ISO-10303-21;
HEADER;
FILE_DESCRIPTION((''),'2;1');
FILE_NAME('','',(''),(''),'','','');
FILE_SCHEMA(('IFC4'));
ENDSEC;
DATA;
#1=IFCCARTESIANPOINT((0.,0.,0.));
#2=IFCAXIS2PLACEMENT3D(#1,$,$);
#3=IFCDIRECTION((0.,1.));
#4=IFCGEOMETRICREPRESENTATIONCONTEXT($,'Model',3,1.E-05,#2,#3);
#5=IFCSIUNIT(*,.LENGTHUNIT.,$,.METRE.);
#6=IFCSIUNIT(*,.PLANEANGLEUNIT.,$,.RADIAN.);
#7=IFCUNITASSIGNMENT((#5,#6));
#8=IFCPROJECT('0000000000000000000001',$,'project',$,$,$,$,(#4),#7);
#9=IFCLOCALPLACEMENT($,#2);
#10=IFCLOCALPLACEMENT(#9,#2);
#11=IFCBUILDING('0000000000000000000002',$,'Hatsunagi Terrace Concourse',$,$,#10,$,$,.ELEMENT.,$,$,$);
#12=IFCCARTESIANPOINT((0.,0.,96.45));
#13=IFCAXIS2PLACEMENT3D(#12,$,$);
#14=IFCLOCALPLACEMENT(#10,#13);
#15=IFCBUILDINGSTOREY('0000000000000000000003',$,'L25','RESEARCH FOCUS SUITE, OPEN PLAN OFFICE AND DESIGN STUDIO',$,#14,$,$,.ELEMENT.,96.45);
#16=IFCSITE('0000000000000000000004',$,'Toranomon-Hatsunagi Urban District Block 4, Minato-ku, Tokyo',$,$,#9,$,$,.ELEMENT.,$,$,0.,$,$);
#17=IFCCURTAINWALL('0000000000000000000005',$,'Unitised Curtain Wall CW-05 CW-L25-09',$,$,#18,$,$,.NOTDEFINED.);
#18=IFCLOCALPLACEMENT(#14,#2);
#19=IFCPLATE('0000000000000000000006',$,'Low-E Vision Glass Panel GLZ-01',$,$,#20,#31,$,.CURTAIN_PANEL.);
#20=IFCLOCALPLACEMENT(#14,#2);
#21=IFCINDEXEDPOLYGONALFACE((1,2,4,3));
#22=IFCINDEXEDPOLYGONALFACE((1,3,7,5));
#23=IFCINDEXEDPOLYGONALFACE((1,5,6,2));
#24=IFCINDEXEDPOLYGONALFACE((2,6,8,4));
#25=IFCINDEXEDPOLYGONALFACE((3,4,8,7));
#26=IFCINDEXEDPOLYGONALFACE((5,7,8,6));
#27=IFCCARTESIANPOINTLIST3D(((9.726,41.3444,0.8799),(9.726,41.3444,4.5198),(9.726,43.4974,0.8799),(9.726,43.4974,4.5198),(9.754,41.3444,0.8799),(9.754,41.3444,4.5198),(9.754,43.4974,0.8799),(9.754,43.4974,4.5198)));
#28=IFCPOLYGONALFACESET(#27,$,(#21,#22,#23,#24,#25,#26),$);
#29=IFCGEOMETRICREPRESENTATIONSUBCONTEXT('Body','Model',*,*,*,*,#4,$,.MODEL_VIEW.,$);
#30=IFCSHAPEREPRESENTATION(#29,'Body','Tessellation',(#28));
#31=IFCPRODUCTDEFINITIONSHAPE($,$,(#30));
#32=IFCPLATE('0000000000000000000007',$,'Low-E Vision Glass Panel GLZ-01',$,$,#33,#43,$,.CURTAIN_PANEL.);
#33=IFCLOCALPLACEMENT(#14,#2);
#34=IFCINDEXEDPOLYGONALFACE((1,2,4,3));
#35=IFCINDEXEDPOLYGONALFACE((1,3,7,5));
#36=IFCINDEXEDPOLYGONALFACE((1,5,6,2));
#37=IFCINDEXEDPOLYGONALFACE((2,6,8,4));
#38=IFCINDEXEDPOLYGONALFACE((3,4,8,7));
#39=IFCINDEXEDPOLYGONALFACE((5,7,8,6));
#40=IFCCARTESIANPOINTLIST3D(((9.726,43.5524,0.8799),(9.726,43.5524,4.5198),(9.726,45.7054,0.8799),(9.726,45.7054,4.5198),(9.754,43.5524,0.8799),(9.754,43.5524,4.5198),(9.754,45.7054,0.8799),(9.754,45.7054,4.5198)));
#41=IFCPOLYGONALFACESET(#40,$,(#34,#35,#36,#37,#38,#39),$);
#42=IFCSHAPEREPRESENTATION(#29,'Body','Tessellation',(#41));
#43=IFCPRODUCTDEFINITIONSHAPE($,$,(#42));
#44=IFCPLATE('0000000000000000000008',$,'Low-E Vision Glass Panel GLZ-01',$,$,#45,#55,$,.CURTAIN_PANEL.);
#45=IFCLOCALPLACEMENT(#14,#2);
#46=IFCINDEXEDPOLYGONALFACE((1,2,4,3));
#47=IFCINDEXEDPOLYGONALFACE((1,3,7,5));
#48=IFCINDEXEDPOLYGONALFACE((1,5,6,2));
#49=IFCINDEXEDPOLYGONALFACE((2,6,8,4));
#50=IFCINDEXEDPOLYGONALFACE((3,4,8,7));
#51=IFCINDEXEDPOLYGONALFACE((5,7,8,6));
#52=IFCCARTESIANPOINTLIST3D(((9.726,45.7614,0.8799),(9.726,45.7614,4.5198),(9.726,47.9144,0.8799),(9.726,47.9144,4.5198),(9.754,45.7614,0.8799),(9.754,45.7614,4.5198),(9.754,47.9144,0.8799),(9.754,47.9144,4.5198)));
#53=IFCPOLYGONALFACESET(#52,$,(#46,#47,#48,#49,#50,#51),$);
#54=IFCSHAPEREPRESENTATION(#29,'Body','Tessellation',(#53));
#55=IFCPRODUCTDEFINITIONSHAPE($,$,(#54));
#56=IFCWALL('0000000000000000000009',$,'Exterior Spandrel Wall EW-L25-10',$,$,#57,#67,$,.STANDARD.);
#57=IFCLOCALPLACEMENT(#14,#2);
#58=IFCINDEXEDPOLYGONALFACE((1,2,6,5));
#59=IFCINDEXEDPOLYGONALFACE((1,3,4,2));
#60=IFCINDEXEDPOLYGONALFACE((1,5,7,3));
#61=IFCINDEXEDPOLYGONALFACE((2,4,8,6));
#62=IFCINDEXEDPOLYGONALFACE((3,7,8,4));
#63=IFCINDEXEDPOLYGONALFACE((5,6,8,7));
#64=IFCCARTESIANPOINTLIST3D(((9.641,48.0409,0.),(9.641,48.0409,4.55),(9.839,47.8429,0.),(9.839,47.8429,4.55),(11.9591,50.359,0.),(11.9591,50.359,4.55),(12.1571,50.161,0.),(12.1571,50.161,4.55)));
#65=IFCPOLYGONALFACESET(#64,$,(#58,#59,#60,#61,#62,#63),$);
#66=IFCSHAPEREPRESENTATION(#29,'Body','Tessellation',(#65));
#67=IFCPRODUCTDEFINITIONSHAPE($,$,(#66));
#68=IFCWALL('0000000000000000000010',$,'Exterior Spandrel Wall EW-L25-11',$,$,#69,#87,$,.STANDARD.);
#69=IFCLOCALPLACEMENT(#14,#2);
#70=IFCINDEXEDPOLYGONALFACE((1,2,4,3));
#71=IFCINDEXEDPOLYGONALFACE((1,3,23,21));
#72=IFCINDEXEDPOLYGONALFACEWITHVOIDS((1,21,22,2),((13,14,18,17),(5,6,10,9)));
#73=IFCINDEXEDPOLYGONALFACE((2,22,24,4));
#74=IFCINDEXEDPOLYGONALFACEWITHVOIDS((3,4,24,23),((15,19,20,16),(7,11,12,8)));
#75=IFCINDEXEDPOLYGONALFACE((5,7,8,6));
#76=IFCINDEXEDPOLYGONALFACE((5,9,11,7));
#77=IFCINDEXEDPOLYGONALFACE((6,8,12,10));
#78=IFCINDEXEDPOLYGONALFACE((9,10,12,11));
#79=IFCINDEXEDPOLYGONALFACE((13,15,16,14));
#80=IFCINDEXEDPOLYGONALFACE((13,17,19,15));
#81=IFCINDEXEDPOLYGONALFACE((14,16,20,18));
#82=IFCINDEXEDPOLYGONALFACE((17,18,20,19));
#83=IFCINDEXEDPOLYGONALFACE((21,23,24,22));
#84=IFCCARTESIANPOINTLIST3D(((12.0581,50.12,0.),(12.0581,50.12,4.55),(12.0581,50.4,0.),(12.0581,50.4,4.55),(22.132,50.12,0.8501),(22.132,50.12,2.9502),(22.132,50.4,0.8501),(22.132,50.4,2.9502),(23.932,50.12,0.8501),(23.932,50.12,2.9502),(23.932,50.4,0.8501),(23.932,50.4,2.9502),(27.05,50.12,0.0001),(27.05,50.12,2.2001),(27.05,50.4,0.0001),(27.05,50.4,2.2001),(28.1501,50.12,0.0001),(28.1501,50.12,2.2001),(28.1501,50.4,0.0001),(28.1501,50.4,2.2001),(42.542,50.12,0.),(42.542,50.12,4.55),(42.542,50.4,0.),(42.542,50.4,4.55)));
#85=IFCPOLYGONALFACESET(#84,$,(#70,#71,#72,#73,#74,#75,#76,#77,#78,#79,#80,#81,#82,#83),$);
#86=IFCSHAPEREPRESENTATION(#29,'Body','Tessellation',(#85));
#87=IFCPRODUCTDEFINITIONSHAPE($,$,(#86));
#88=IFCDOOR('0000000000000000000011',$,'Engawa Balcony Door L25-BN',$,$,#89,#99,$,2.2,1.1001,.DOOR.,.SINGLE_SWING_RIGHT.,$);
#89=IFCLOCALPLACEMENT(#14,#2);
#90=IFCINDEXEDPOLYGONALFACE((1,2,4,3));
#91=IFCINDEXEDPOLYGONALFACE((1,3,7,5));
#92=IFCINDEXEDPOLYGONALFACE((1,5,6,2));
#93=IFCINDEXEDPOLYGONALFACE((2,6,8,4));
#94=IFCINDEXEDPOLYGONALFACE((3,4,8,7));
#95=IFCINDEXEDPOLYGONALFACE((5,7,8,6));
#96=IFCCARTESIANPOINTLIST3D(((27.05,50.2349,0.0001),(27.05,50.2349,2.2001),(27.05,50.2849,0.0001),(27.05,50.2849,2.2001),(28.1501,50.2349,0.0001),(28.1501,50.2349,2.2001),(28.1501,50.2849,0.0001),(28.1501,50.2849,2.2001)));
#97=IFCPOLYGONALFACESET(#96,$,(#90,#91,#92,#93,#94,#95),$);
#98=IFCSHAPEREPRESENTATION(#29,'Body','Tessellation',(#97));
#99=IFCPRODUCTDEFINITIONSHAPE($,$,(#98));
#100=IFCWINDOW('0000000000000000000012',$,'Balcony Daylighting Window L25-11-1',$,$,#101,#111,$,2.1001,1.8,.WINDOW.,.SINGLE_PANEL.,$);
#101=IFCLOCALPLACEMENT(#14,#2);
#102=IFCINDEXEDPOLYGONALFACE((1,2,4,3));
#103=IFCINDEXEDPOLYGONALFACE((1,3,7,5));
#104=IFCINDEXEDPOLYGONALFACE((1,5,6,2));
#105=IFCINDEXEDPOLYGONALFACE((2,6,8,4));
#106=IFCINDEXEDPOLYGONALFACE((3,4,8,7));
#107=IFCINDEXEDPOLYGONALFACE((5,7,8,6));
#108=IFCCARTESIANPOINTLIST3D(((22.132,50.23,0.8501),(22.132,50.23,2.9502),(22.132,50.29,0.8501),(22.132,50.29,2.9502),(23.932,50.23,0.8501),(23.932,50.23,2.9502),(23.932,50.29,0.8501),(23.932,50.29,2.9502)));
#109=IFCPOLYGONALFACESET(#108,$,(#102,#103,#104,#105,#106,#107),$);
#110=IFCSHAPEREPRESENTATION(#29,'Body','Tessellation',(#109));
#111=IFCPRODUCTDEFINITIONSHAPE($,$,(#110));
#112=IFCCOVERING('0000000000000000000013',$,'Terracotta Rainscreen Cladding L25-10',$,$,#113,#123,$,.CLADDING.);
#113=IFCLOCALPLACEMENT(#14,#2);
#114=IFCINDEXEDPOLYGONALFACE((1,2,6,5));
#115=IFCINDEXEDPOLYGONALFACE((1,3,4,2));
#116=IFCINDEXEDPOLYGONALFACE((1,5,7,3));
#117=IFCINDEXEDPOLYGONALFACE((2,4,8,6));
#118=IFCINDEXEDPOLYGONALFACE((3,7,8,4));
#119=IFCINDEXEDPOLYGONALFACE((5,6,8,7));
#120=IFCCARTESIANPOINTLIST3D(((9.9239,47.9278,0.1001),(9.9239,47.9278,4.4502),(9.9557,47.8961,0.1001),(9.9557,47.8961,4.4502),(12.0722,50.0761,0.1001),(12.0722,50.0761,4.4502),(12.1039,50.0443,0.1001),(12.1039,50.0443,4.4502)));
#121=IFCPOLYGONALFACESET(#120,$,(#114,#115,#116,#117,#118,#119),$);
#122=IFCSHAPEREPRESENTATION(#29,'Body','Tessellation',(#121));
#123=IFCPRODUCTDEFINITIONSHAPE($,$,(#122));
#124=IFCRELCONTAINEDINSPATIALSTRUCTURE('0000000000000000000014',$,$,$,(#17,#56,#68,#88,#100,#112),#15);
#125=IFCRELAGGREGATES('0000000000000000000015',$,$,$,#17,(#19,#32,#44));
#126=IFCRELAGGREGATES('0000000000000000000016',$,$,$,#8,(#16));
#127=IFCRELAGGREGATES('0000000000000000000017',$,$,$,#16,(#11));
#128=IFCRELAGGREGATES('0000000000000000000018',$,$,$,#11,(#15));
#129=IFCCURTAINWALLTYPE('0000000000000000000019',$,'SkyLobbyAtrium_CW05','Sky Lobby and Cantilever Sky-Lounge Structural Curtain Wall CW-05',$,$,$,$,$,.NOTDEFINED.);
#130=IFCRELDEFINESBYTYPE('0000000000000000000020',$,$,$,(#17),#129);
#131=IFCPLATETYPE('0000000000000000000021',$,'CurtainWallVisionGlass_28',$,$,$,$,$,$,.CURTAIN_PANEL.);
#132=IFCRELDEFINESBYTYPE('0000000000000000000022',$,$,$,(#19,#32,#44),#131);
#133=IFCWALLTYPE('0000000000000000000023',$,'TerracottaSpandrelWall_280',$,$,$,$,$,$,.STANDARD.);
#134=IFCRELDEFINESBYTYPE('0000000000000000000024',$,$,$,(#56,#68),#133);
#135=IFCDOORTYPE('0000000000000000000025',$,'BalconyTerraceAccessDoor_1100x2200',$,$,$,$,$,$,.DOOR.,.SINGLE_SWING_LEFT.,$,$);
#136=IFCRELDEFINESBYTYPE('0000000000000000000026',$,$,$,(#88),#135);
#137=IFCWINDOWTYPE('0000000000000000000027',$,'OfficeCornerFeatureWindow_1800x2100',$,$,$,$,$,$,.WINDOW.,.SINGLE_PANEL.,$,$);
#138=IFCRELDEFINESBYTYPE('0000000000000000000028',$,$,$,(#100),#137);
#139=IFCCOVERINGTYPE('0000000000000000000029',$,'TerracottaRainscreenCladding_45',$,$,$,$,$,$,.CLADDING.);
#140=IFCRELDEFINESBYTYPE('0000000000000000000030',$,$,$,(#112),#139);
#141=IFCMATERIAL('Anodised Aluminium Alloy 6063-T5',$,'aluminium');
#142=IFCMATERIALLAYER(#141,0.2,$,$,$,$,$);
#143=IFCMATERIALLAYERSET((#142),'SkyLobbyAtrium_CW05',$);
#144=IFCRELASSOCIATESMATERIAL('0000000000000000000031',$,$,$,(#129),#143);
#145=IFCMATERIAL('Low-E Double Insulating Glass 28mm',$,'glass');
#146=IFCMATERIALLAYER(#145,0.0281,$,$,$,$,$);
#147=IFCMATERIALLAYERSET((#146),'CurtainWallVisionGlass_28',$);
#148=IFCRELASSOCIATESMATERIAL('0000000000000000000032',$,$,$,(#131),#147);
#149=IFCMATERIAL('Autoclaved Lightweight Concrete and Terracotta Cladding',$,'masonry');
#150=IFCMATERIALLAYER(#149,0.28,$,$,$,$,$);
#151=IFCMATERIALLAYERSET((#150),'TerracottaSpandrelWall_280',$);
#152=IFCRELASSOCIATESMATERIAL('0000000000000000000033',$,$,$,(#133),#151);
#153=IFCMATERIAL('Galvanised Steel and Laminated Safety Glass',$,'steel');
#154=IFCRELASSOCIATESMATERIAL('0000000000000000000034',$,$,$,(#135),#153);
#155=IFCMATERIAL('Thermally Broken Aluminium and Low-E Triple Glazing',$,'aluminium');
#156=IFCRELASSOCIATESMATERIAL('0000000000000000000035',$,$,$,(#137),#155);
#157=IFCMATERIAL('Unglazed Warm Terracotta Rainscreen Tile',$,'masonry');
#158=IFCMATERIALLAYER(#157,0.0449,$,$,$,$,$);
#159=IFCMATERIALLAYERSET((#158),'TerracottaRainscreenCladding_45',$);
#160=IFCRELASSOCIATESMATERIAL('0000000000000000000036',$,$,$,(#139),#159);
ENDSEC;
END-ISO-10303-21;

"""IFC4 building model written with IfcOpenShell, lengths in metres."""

from ifc_helpers import new_model, si_unit, direction, frame, frame_2d, origin, origin_2d, place, context, subcontext, project, spatial, rectangle, extrude, material, layer, layer_set, type_object, element, fill, aggregate, save


model = new_model("IFC4")

# Units and contexts
model_context = context("Model", 3, precision=1e-05, world=origin(), true_north=direction((0.0, 1.0)))
body_context = subcontext(model_context, "Body", "Model", "MODEL_VIEW")
ifc_project = project(units=[si_unit("LENGTHUNIT", "METRE"), si_unit("PLANEANGLEUNIT", "RADIAN")], contexts=[model_context])

# Site, building, storey
site_placement = place(None, origin())
site = spatial("IfcSite", under=ifc_project, at=site_placement, Name="Toranomon-Hatsunagi Urban District Block 4, Minato-ku, Tokyo", CompositionType="ELEMENT", RefElevation=0.0)
building_placement = place(site_placement, origin())
building = spatial("IfcBuilding", under=site, at=building_placement, Name="Hatsunagi Terrace Concourse", CompositionType="ELEMENT")
storey_placement = place(building_placement, frame((0.0, 0.0, 96.45)))
storey = spatial("IfcBuildingStorey", under=building, at=storey_placement, Name="L25", Description="RESEARCH FOCUS SUITE, OPEN PLAN OFFICE AND DESIGN STUDIO", CompositionType="ELEMENT", Elevation=96.45)

# Curtain wall
ifc_material_1 = material(Name="Anodised Aluminium Alloy 6063-T5", Category="aluminium")
ifc_layer_1 = layer(ifc_material_1, 0.2)
ifc_layer_set_1 = layer_set([ifc_layer_1], Name="SkyLobbyAtrium_CW05")
curtain_wall_type = type_object("IfcCurtainWallType", Name="SkyLobbyAtrium_CW05", Description="Sky Lobby and Cantilever Sky-Lounge Structural Curtain Wall CW-05", PredefinedType="NOTDEFINED", material=ifc_layer_set_1)
curtain_wall_placement = place(storey_placement, origin())
curtain_wall = element("IfcCurtainWall", 1, at=curtain_wall_placement, inside=storey, type_object=curtain_wall_type, Name="Unitised Curtain Wall CW-05 CW-L25-09", PredefinedType="NOTDEFINED")

# Plates
ifc_material_2 = material(Name="Low-E Double Insulating Glass 28mm", Category="glass")
ifc_layer_2 = layer(ifc_material_2, 0.0281)
ifc_layer_set_2 = layer_set([ifc_layer_2], Name="CurtainWallVisionGlass_28")
plate_type_1 = type_object("IfcPlateType", Name="CurtainWallVisionGlass_28", PredefinedType="CURTAIN_PANEL", material=ifc_layer_set_2)
plate_1_placement = place(storey_placement, frame((9.74, 42.4209, 0.8799), z_axis=(0.0, 0.0, 1.0), x_axis=(0.0, 1.0, 0.0)))
plate_1 = element("IfcPlate", 2, at=plate_1_placement, type_object=plate_type_1, Name="Low-E Vision Glass Panel GLZ-01", PredefinedType="CURTAIN_PANEL", context=body_context, shape_type="SweptSolid", body=[
    extrude(rectangle(XDim=2.1531, YDim=0.0281, at=origin_2d()), origin(), (0.0, 0.0, 1.0), 3.6399),
])
plate_2_placement = place(storey_placement, frame((9.74, 44.6289, 0.8799), z_axis=(0.0, 0.0, 1.0), x_axis=(0.0, 1.0, 0.0)))
plate_2 = element("IfcPlate", 3, at=plate_2_placement, type_object=plate_type_1, Name="Low-E Vision Glass Panel GLZ-01", PredefinedType="CURTAIN_PANEL", context=body_context, shape_type="SweptSolid", body=[
    extrude(rectangle(XDim=2.1531, YDim=0.0281, at=origin_2d()), origin(), (0.0, 0.0, 1.0), 3.6399),
])
plate_3_placement = place(storey_placement, frame((9.74, 46.8379, 0.8799), z_axis=(0.0, 0.0, 1.0), x_axis=(0.0, 1.0, 0.0)))
plate_3 = element("IfcPlate", 4, at=plate_3_placement, type_object=plate_type_1, Name="Low-E Vision Glass Panel GLZ-01", PredefinedType="CURTAIN_PANEL", context=body_context, shape_type="SweptSolid", body=[
    extrude(rectangle(XDim=2.1531, YDim=0.0281, at=origin_2d()), origin(), (0.0, 0.0, 1.0), 3.6399),
])
aggregate(curtain_wall, [plate_1, plate_2, plate_3])

# Wall
ifc_material_3 = material(Name="Autoclaved Lightweight Concrete and Terracotta Cladding", Category="masonry")
ifc_layer_3 = layer(ifc_material_3, 0.28)
ifc_layer_set_3 = layer_set([ifc_layer_3], Name="TerracottaSpandrelWall_280")
wall_type = type_object("IfcWallType", Name="TerracottaSpandrelWall_280", PredefinedType="STANDARD", material=ifc_layer_set_3)
wall_1_placement = place(storey_placement, frame((9.74, 47.9419, 0.0), z_axis=(0.0, 0.0, 1.0), x_axis=(0.707107, 0.707107, 0.0)))
element("IfcWall", 5, at=wall_1_placement, inside=storey, type_object=wall_type, Name="Exterior Spandrel Wall EW-L25-10", PredefinedType="STANDARD", context=body_context, shape_type="SweptSolid", body=[
    extrude(rectangle(XDim=3.2783, YDim=0.28, at=frame_2d((1.6392, 0.0))), origin(), (0.0, 0.0, 1.0), 4.55),
])

# Wall, openings, door, window
wall_2_placement = place(storey_placement, frame((12.0581, 50.26, 0.0), z_axis=(0.0, 0.0, 1.0), x_axis=(1.0, 0.0, 0.0)))
wall_2 = element("IfcWall", 6, at=wall_2_placement, inside=storey, type_object=wall_type, Name="Exterior Spandrel Wall EW-L25-11", PredefinedType="STANDARD", context=body_context, shape_type="SweptSolid", body=[
    extrude(rectangle(XDim=30.4839, YDim=0.28, at=frame_2d((15.2419, 0.0))), origin(), (0.0, 0.0, 1.0), 4.55),
])
opening_1_placement = place(wall_2_placement, frame((14.9919, 0.0, 0.0)))
opening_1 = element("IfcOpeningElement", 7, at=opening_1_placement, cuts=wall_2, PredefinedType="OPENING", context=body_context, shape_type="SweptSolid", body=[
    extrude(rectangle(XDim=1.1001, YDim=2.2, at=frame_2d((0.55, 1.1001))), frame((0.0, 0.1499, 0.0), z_axis=(0.0, -1.0, 0.0), x_axis=(1.0, 0.0, 0.0)), (0.0, 0.0, 1.0), 0.3),
])
opening_2_placement = place(wall_2_placement, frame((10.074, 0.0, 0.8501)))
opening_2 = element("IfcOpeningElement", 8, at=opening_2_placement, cuts=wall_2, PredefinedType="OPENING", context=body_context, shape_type="SweptSolid", body=[
    extrude(rectangle(XDim=1.8, YDim=2.1001, at=frame_2d((0.8999, 1.05))), frame((0.0, 0.1499, 0.0), z_axis=(0.0, -1.0, 0.0), x_axis=(1.0, 0.0, 0.0)), (0.0, 0.0, 1.0), 0.3),
])
ifc_material_4 = material(Name="Galvanised Steel and Laminated Safety Glass", Category="steel")
door_type = type_object("IfcDoorType", Name="BalconyTerraceAccessDoor_1100x2200", OperationType="SINGLE_SWING_LEFT", PredefinedType="DOOR", material=ifc_material_4)
door_placement = place(opening_1_placement, origin())
door = element("IfcDoor", 9, at=door_placement, inside=storey, type_object=door_type, Name="Engawa Balcony Door L25-BN", OperationType="SINGLE_SWING_RIGHT", OverallHeight=2.2, OverallWidth=1.1001, PredefinedType="DOOR", context=body_context, shape_type="SweptSolid", body=[
    extrude(rectangle(XDim=1.1001, YDim=2.2, at=frame_2d((0.55, 1.1001))), frame((0.0, 0.0249, 0.0), z_axis=(0.0, -1.0, 0.0), x_axis=(1.0, 0.0, 0.0)), (0.0, 0.0, 1.0), 0.05),
])
fill(opening_1, door)
ifc_material_5 = material(Name="Thermally Broken Aluminium and Low-E Triple Glazing", Category="aluminium")
window_type = type_object("IfcWindowType", Name="OfficeCornerFeatureWindow_1800x2100", PartitioningType="SINGLE_PANEL", PredefinedType="WINDOW", material=ifc_material_5)
window_placement = place(opening_2_placement, origin())
window = element("IfcWindow", 10, at=window_placement, inside=storey, type_object=window_type, Name="Balcony Daylighting Window L25-11-1", OverallHeight=2.1001, OverallWidth=1.8, PartitioningType="SINGLE_PANEL", PredefinedType="WINDOW", context=body_context, shape_type="SweptSolid", body=[
    extrude(rectangle(XDim=1.8, YDim=2.1001, at=frame_2d((0.8999, 1.05))), frame((0.0, 0.03, 0.0), z_axis=(0.0, -1.0, 0.0), x_axis=(1.0, 0.0, 0.0)), (0.0, 0.0, 1.0), 0.0601),
])
fill(opening_2, window)

# Covering
ifc_material_6 = material(Name="Unglazed Warm Terracotta Rainscreen Tile", Category="masonry")
ifc_layer_4 = layer(ifc_material_6, 0.0449)
ifc_layer_set_4 = layer_set([ifc_layer_4], Name="TerracottaRainscreenCladding_45")
covering_type = type_object("IfcCoveringType", Name="TerracottaRainscreenCladding_45", PredefinedType="CLADDING", material=ifc_layer_set_4)
covering_placement = place(storey_placement, frame((11.0139, 48.9861, 0.1001), z_axis=(0.0, 0.0, 1.0), x_axis=(0.707107, 0.707107, 0.0)))
element("IfcCovering", 11, at=covering_placement, inside=storey, type_object=covering_type, Name="Terracotta Rainscreen Cladding L25-10", PredefinedType="CLADDING", context=body_context, shape_type="SweptSolid", body=[
    extrude(rectangle(XDim=3.0381, YDim=0.0449, at=origin_2d()), origin(), (0.0, 0.0, 1.0), 4.3501),
])

save(model, "model.ifc")
